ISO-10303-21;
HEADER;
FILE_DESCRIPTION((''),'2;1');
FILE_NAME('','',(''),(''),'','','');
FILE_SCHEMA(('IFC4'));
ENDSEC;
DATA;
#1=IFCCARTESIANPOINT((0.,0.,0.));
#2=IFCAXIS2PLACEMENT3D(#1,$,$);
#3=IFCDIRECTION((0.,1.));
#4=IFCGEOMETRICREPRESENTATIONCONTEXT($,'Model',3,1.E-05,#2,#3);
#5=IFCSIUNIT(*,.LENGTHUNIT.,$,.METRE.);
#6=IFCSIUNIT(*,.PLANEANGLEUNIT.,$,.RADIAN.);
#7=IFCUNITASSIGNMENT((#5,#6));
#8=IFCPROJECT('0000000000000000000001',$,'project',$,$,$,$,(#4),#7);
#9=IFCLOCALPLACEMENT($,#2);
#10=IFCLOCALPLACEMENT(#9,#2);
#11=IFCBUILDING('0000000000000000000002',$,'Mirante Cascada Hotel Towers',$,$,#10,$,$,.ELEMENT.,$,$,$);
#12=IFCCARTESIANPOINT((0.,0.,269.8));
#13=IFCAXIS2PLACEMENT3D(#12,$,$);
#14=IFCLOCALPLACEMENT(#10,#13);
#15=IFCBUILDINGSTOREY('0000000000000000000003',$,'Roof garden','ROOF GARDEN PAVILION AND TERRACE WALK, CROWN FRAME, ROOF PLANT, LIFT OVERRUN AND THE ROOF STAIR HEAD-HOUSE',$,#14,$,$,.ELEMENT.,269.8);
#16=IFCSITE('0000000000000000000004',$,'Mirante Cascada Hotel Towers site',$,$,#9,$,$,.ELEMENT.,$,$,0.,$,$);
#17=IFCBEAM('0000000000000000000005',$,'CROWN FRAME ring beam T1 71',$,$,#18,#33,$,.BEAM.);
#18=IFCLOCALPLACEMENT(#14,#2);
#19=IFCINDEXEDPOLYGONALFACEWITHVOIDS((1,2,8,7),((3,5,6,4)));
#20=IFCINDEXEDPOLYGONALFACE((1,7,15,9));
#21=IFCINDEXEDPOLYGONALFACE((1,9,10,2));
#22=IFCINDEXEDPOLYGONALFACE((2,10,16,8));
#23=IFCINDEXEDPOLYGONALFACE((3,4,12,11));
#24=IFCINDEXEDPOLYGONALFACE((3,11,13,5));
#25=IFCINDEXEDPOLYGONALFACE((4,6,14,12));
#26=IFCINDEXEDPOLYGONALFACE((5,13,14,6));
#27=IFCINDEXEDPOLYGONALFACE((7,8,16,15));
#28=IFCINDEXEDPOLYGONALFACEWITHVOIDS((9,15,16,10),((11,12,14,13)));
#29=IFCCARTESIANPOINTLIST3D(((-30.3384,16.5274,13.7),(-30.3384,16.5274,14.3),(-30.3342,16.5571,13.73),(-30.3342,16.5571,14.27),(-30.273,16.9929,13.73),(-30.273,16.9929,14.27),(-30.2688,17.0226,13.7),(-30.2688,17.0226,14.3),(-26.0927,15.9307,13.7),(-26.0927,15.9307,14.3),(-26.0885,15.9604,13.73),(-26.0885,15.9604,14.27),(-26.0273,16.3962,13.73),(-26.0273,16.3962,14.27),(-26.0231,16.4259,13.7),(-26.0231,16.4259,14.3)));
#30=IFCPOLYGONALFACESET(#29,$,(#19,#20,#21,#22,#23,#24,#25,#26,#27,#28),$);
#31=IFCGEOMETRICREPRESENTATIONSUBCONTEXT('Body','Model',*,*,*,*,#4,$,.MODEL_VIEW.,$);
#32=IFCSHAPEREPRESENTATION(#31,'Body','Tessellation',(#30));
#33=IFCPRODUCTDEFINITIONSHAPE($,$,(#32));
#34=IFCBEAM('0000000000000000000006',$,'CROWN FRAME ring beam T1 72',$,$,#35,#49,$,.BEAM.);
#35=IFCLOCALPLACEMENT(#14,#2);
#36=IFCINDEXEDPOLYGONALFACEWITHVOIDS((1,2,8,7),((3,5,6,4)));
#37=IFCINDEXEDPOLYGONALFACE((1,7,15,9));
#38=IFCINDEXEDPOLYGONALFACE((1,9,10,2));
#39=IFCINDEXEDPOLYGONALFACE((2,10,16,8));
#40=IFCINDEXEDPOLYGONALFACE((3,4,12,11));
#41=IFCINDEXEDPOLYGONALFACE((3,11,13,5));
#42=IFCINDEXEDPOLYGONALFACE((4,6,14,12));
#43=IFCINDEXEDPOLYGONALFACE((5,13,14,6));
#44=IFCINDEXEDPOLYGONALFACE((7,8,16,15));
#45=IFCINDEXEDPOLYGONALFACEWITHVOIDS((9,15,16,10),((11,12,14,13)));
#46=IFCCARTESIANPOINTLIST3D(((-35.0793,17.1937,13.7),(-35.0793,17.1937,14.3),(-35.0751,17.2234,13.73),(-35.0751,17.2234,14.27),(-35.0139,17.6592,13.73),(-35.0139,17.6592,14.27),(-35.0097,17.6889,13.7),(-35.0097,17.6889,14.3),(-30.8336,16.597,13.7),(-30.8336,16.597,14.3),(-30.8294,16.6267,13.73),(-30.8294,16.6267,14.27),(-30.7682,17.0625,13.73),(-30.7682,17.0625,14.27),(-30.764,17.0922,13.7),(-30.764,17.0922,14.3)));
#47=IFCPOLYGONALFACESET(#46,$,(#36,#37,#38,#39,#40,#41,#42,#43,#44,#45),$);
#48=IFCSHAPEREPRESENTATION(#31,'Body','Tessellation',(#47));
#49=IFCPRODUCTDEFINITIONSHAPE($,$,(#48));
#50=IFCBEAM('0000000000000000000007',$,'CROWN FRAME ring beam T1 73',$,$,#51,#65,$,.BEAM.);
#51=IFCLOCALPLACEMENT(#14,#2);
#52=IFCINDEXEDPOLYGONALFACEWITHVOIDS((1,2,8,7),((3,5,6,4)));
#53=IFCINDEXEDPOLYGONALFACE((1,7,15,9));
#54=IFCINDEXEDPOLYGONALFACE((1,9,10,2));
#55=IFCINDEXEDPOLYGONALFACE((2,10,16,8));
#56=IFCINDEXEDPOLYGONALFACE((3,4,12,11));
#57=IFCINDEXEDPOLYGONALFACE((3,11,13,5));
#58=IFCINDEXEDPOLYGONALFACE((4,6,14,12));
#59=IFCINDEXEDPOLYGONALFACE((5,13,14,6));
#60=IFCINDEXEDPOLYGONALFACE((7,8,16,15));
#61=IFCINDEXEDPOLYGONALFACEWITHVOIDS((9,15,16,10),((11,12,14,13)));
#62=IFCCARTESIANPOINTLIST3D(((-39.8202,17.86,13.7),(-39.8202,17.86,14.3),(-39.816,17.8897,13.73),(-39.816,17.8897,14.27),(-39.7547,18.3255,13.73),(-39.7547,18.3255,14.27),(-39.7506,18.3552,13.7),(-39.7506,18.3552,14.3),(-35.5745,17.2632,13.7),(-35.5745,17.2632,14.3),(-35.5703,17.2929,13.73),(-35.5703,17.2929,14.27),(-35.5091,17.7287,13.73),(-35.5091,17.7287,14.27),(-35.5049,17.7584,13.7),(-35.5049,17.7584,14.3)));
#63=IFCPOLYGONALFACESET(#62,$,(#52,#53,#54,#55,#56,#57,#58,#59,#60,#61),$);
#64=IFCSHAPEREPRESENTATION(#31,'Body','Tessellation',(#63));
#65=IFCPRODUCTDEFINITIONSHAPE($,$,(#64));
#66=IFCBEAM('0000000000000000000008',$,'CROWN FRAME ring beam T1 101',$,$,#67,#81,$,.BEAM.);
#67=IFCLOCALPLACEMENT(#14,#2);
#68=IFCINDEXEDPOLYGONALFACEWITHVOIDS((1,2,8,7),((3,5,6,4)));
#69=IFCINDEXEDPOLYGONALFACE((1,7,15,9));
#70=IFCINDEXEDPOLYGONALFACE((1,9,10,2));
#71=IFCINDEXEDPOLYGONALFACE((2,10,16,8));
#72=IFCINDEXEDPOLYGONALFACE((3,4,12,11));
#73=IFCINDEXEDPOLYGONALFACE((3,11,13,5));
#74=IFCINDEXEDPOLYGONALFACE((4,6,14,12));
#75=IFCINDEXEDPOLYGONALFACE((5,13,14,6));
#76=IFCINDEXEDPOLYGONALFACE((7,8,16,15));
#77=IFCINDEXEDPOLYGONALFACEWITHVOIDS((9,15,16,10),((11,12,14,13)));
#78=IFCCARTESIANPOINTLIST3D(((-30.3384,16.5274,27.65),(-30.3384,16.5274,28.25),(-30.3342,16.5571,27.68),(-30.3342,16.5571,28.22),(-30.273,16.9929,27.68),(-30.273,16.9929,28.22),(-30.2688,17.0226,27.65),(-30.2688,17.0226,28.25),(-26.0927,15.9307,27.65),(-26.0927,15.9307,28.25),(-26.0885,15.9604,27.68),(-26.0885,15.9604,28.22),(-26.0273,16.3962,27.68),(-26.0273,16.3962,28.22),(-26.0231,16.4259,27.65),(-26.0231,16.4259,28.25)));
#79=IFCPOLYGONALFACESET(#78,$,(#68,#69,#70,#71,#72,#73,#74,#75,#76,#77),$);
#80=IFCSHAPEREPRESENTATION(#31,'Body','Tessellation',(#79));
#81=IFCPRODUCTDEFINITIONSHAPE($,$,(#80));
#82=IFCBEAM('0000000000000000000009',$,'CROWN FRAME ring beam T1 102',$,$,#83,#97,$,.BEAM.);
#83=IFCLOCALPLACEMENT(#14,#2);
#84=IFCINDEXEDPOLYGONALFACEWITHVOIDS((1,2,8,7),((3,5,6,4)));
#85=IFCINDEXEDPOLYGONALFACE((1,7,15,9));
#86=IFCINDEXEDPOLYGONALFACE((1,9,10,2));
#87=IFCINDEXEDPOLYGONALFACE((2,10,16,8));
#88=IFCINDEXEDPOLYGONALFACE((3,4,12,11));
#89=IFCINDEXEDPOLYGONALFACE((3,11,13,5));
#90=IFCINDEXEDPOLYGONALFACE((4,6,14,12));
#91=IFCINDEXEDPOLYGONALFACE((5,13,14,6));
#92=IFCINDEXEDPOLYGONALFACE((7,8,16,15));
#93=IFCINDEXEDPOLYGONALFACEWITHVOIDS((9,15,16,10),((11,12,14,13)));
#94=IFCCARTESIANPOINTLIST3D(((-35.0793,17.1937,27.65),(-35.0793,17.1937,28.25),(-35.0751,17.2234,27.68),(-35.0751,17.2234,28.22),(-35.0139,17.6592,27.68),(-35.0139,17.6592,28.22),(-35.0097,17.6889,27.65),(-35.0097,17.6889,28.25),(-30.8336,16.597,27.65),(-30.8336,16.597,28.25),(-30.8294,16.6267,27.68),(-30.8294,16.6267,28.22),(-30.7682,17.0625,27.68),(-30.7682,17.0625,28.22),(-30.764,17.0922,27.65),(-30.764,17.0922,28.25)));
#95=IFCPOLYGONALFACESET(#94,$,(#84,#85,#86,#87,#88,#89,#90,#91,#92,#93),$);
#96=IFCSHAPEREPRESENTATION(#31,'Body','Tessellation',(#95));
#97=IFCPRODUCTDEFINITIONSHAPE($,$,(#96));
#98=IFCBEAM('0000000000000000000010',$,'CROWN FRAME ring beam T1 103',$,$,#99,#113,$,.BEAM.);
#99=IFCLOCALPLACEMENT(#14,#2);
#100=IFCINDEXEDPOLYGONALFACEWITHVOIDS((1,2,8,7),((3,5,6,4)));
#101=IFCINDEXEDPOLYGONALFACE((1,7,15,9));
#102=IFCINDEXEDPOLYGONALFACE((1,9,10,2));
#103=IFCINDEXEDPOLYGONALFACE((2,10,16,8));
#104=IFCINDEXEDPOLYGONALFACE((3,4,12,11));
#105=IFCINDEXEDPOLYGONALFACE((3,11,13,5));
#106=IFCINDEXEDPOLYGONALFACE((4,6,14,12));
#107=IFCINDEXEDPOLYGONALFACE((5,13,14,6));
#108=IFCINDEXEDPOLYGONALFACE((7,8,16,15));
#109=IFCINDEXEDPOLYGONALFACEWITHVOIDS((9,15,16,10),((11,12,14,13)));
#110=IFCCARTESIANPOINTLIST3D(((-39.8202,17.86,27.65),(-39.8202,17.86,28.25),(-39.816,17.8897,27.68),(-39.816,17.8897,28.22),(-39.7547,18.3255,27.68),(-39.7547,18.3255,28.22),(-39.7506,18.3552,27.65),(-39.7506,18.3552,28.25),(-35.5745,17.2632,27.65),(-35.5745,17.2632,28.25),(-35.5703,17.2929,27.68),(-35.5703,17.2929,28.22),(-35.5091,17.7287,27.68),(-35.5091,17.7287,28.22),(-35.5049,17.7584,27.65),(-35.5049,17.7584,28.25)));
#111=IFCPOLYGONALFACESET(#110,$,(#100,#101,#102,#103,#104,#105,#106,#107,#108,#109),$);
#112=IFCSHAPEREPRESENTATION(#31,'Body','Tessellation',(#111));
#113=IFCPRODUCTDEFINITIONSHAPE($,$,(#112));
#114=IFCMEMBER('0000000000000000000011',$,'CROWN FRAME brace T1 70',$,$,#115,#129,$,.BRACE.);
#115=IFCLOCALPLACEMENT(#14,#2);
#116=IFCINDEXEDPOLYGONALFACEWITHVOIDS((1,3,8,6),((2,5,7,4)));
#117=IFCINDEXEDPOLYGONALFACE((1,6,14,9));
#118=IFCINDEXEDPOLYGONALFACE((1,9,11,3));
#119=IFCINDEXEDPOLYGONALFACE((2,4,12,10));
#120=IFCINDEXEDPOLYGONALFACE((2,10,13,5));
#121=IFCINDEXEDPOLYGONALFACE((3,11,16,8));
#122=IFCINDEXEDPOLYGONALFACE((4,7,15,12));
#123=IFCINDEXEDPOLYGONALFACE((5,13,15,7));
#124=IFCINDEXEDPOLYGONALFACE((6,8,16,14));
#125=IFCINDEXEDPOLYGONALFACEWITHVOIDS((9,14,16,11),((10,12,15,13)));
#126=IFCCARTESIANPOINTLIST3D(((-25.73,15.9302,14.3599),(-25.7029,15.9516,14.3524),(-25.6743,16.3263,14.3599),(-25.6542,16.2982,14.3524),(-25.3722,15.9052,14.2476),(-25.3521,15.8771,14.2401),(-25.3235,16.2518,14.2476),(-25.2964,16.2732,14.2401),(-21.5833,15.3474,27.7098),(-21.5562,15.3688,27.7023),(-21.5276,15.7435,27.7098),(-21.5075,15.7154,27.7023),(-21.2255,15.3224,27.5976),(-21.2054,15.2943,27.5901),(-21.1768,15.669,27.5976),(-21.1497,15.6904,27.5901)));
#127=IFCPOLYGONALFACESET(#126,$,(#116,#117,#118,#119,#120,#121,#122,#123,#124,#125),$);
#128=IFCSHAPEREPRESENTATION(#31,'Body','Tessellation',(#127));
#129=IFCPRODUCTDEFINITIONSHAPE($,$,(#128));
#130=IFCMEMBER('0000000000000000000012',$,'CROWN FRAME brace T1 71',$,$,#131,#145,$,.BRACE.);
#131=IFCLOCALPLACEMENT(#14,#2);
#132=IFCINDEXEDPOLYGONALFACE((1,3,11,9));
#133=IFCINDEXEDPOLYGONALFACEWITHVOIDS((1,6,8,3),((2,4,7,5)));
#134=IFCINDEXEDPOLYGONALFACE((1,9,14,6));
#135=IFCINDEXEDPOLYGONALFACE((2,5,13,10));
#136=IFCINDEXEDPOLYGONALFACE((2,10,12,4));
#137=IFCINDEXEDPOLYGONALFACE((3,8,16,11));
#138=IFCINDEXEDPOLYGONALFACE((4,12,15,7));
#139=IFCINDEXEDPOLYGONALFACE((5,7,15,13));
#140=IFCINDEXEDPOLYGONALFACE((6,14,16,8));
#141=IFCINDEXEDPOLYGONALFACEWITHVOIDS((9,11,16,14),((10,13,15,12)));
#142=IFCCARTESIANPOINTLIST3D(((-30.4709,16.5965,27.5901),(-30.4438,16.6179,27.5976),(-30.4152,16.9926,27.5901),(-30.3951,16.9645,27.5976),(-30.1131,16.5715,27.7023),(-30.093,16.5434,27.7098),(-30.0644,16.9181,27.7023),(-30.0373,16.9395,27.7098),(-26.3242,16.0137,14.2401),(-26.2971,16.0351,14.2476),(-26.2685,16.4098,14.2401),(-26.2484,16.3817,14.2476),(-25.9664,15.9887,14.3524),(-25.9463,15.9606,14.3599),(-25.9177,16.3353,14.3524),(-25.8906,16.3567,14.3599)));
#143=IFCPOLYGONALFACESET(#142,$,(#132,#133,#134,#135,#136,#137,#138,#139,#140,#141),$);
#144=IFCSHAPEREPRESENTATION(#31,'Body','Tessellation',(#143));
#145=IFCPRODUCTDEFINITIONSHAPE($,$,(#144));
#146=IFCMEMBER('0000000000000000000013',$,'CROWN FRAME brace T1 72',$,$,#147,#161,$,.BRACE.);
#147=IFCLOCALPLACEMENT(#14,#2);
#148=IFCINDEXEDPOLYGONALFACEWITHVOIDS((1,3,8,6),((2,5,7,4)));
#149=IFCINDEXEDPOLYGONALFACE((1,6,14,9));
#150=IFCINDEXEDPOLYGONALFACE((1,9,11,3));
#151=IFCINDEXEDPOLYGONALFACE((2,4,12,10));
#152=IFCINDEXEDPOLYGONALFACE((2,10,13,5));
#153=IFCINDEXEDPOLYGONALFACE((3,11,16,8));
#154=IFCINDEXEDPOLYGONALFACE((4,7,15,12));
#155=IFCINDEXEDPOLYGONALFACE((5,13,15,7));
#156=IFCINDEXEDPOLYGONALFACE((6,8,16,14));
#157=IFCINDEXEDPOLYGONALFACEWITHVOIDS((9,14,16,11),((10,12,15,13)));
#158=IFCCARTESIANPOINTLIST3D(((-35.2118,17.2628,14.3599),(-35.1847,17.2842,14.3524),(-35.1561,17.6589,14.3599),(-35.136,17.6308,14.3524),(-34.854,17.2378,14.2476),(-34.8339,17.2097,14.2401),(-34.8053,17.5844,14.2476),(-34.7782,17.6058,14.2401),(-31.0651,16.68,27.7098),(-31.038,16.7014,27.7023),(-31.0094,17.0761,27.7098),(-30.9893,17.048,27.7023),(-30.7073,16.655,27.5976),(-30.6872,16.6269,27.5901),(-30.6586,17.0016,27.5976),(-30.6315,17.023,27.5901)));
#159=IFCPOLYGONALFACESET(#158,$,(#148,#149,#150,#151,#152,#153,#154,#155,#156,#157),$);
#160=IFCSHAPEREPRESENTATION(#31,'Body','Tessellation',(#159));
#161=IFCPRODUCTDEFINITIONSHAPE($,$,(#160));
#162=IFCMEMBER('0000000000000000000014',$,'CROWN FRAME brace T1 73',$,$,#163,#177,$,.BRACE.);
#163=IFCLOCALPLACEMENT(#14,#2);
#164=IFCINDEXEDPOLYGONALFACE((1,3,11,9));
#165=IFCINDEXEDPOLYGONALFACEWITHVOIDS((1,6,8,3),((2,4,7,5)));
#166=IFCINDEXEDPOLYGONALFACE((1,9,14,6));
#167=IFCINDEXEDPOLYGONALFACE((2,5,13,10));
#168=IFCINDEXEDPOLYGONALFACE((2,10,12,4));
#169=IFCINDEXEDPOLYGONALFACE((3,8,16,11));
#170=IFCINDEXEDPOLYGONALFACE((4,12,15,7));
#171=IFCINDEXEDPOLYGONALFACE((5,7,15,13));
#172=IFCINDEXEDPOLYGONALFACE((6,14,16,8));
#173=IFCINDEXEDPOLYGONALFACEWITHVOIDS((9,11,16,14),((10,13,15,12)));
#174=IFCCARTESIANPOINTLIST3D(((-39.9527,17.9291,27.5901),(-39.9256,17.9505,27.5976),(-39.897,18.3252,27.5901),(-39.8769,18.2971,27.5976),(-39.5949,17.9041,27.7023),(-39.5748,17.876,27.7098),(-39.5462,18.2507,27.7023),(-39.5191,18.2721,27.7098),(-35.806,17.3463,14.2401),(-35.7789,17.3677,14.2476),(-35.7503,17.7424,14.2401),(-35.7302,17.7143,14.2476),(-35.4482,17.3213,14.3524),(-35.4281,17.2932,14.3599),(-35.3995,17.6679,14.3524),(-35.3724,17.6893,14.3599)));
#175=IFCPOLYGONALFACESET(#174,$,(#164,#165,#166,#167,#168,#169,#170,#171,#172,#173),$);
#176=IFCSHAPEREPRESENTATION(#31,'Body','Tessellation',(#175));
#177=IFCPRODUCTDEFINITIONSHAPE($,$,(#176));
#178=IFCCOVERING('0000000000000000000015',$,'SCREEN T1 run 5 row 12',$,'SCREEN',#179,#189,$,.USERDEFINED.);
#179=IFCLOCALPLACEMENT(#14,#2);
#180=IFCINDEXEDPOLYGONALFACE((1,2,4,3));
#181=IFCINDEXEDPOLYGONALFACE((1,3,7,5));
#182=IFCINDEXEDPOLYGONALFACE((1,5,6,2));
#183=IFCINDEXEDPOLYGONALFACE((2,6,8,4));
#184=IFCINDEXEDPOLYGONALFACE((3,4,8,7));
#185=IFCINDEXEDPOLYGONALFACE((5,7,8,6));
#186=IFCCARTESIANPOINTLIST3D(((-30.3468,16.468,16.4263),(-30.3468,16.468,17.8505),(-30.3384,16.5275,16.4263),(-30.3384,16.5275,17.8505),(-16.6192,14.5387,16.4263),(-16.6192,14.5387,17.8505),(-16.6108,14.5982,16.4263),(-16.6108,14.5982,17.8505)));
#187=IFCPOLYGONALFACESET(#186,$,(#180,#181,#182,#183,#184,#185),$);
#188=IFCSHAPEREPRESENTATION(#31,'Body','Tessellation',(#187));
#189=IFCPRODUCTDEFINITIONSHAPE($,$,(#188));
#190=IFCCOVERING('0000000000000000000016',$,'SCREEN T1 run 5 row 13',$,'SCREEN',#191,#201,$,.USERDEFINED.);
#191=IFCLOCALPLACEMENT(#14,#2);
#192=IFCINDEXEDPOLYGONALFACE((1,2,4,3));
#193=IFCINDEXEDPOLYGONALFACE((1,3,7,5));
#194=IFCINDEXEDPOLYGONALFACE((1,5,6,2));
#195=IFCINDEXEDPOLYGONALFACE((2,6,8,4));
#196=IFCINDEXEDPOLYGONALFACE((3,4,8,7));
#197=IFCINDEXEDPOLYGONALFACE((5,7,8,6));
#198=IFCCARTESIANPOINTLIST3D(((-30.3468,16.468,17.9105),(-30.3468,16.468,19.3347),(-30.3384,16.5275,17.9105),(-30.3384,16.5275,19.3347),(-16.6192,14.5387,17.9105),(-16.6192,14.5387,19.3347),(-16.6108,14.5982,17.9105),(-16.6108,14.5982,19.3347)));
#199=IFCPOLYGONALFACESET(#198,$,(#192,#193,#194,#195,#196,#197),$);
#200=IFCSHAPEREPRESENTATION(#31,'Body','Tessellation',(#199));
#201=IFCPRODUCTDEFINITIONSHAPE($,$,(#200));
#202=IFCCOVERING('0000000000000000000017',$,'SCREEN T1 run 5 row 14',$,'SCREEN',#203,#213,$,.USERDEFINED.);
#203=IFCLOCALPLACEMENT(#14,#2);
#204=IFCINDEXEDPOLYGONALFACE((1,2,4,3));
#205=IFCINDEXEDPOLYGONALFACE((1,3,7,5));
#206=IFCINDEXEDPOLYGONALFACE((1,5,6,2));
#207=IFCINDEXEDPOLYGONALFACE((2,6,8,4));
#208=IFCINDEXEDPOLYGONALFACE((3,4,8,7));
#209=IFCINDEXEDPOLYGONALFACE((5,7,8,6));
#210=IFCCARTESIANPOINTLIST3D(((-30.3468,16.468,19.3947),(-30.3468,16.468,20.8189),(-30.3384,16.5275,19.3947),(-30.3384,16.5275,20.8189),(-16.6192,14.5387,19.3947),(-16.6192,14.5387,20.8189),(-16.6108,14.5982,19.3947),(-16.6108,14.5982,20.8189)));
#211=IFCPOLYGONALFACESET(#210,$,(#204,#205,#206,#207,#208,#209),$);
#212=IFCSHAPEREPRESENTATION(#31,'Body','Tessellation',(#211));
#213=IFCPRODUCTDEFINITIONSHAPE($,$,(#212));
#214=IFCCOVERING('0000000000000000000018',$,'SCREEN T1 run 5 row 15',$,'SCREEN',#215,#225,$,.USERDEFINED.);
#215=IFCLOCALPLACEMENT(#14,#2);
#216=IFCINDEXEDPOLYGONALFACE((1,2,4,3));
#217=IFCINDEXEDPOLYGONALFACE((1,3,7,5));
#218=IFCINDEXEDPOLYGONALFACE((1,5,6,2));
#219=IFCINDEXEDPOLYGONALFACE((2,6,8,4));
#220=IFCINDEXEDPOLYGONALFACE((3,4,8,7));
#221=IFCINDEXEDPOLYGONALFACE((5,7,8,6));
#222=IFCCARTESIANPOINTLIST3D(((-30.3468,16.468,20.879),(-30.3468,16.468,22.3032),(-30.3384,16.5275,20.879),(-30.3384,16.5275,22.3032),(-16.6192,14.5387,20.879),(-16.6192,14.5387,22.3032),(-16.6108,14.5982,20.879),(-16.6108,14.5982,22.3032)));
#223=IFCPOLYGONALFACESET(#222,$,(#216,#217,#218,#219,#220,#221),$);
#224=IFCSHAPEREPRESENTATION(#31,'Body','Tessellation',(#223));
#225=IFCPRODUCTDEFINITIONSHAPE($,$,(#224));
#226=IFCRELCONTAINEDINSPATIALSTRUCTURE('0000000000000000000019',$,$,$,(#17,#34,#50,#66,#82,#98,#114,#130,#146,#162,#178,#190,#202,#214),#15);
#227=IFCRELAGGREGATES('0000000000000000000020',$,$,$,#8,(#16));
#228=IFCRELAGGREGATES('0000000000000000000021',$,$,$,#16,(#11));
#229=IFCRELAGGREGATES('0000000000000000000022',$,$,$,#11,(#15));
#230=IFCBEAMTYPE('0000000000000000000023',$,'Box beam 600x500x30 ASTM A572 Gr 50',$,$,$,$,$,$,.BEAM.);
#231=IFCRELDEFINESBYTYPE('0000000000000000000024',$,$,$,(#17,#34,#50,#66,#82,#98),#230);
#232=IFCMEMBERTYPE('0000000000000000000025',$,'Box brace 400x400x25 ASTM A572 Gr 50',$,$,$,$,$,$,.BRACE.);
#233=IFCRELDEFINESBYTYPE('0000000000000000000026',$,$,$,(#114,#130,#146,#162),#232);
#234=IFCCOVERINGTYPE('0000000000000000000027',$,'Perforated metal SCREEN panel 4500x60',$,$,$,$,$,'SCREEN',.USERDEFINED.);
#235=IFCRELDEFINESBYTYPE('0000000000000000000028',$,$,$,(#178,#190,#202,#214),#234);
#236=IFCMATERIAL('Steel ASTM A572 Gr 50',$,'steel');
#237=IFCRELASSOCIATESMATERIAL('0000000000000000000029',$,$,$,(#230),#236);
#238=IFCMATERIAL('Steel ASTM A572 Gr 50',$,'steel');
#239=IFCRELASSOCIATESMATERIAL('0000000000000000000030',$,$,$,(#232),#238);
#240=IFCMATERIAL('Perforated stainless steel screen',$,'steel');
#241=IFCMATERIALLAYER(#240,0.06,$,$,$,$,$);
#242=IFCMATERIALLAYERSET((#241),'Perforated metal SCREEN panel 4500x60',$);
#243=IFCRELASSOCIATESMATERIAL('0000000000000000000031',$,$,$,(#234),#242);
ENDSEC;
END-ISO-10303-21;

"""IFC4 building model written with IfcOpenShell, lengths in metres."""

from ifc_helpers import new_model, si_unit, direction, frame, origin, origin_2d, place, context, subcontext, project, spatial, rectangle, hollow_rectangle, extrude, material, layer, layer_set, material_profile, profile_set, type_object, element, save


model = new_model("IFC4")

# Units and contexts
model_context = context("Model", 3, precision=1e-05, world=origin(), true_north=direction((0.0, 1.0)))
body_context = subcontext(model_context, "Body", "Model", "MODEL_VIEW")
ifc_project = project(units=[si_unit("LENGTHUNIT", "METRE"), si_unit("PLANEANGLEUNIT", "RADIAN")], contexts=[model_context])

# Site, building, storey
site_placement = place(None, origin())
site = spatial("IfcSite", under=ifc_project, at=site_placement, Name="Mirante Cascada Hotel Towers site", CompositionType="ELEMENT", RefElevation=0.0)
building_placement = place(site_placement, origin())
building = spatial("IfcBuilding", under=site, at=building_placement, Name="Mirante Cascada Hotel Towers", CompositionType="ELEMENT")
storey_placement = place(building_placement, frame((0.0, 0.0, 269.8)))
storey = spatial("IfcBuildingStorey", under=building, at=storey_placement, Name="Roof garden", Description="ROOF GARDEN PAVILION AND TERRACE WALK, CROWN FRAME, ROOF PLANT, LIFT OVERRUN AND THE ROOF STAIR HEAD-HOUSE", CompositionType="ELEMENT", Elevation=269.8)

# Beams
ifc_material_1 = material(Name="Steel ASTM A572 Gr 50", Category="steel")
ifc_material_profile_1 = material_profile(ifc_material_1, hollow_rectangle(XDim=0.5, YDim=0.6, WallThickness=0.03, at=origin_2d()), Name="Box beam 600x500x30 ASTM A572 Gr 50")
ifc_profile_set_1 = profile_set([ifc_material_profile_1], Name="Steel ASTM A572 Gr 50")
beam_type = type_object("IfcBeamType", Name="Box beam 600x500x30 ASTM A572 Gr 50", PredefinedType="BEAM", material=ifc_profile_set_1)
for number, where, z_axis, x_axis, name in (
    (1, (-26.0579, 16.1783, 14.0), (-0.990268, 0.139174, 0.0), (-0.139174, -0.990268, 0.0), "CROWN FRAME ring beam T1 71"),
    (2, (-30.7988, 16.8446, 14.0), (-0.990268, 0.139174, 0.0), (-0.139174, -0.990268, 0.0), "CROWN FRAME ring beam T1 72"),
    (3, (-35.5397, 17.5108, 14.0), (-0.990265, 0.139197, 0.0), (-0.139197, -0.990265, 0.0), "CROWN FRAME ring beam T1 73"),
    (4, (-26.0579, 16.1783, 27.95), (-0.990268, 0.139174, 0.0), (-0.139174, -0.990268, 0.0), "CROWN FRAME ring beam T1 101"),
    (5, (-30.7988, 16.8446, 27.95), (-0.990268, 0.139174, 0.0), (-0.139174, -0.990268, 0.0), "CROWN FRAME ring beam T1 102"),
    (6, (-35.5397, 17.5108, 27.95), (-0.990265, 0.139197, 0.0), (-0.139197, -0.990265, 0.0), "CROWN FRAME ring beam T1 103"),
):
    element("IfcBeam", number, at=place(storey_placement, frame(where, z_axis=z_axis, x_axis=x_axis)), inside=storey, type_object=beam_type, Name=name, PredefinedType="BEAM", context=body_context, shape_type="SweptSolid", body=[
        extrude(hollow_rectangle(XDim=0.5, YDim=0.6, WallThickness=0.03, at=origin_2d()), origin(), (0.0, 0.0, 1.0), 4.2874),
    ])

# Members
ifc_material_2 = material(Name="Steel ASTM A572 Gr 50", Category="steel")
ifc_material_profile_2 = material_profile(ifc_material_2, hollow_rectangle(XDim=0.4, YDim=0.4, WallThickness=0.025, at=origin_2d()), Name="Box brace 400x400x25 ASTM A572 Gr 50")
ifc_profile_set_2 = profile_set([ifc_material_profile_2], Name="Steel ASTM A572 Gr 50")
member_type = type_object("IfcMemberType", Name="Box brace 400x400x25 ASTM A572 Gr 50", PredefinedType="BRACE", material=ifc_profile_set_2)
for number, where, z_axis, x_axis, name in (
    (7, (-25.5132, 16.1017, 14.3), (0.296376, -0.041654, 0.954162), (0.139178, 0.990267, 0.0), "CROWN FRAME brace T1 70"),
    (8, (-26.1074, 16.1852, 14.3), (-0.296376, 0.041654, 0.954162), (-0.139178, -0.990267, 0.0), "CROWN FRAME brace T1 71"),
    (9, (-34.995, 17.4343, 14.3), (0.296376, -0.041654, 0.954162), (0.139178, 0.990267, 0.0), "CROWN FRAME brace T1 72"),
    (10, (-35.5892, 17.5178, 14.3), (-0.296376, 0.041654, 0.954162), (-0.139178, -0.990267, 0.0), "CROWN FRAME brace T1 73"),
):
    element("IfcMember", number, at=place(storey_placement, frame(where, z_axis=z_axis, x_axis=x_axis)), inside=storey, type_object=member_type, Name=name, PredefinedType="BRACE", context=body_context, shape_type="SweptSolid", body=[
        extrude(hollow_rectangle(XDim=0.4, YDim=0.4, WallThickness=0.025, at=origin_2d()), origin(), (0.0, 0.0, 1.0), 13.9913),
    ])

# Coverings
ifc_material_3 = material(Name="Perforated stainless steel screen", Category="steel")
ifc_layer = layer(ifc_material_3, 0.06)
ifc_layer_set = layer_set([ifc_layer], Name="Perforated metal SCREEN panel 4500x60")
covering_type = type_object("IfcCoveringType", Name="Perforated metal SCREEN panel 4500x60", ElementType="SCREEN", PredefinedType="USERDEFINED", material=ifc_layer_set)
for number, where, z_axis, x_axis, name in (
    (11, (-23.4788, 15.5331, 16.4263), (0.0, 0.0, 1.0), (-0.990268, 0.139173, 0.0), "SCREEN T1 run 5 row 12"),
    (12, (-23.4788, 15.5331, 17.9105), (0.0, 0.0, 1.0), (-0.990268, 0.139173, 0.0), "SCREEN T1 run 5 row 13"),
    (13, (-23.4788, 15.5331, 19.3947), (0.0, 0.0, 1.0), (-0.990268, 0.139173, 0.0), "SCREEN T1 run 5 row 14"),
    (14, (-23.4788, 15.5331, 20.879), (0.0, 0.0, 1.0), (-0.990268, 0.139173, 0.0), "SCREEN T1 run 5 row 15"),
):
    element("IfcCovering", number, at=place(storey_placement, frame(where, z_axis=z_axis, x_axis=x_axis)), inside=storey, type_object=covering_type, Name=name, ObjectType="SCREEN", PredefinedType="USERDEFINED", context=body_context, shape_type="SweptSolid", body=[
        extrude(rectangle(XDim=13.8625, YDim=0.06, at=origin_2d()), origin(), (0.0, 0.0, 1.0), 1.4242),
    ])

save(model, "model.ifc")
